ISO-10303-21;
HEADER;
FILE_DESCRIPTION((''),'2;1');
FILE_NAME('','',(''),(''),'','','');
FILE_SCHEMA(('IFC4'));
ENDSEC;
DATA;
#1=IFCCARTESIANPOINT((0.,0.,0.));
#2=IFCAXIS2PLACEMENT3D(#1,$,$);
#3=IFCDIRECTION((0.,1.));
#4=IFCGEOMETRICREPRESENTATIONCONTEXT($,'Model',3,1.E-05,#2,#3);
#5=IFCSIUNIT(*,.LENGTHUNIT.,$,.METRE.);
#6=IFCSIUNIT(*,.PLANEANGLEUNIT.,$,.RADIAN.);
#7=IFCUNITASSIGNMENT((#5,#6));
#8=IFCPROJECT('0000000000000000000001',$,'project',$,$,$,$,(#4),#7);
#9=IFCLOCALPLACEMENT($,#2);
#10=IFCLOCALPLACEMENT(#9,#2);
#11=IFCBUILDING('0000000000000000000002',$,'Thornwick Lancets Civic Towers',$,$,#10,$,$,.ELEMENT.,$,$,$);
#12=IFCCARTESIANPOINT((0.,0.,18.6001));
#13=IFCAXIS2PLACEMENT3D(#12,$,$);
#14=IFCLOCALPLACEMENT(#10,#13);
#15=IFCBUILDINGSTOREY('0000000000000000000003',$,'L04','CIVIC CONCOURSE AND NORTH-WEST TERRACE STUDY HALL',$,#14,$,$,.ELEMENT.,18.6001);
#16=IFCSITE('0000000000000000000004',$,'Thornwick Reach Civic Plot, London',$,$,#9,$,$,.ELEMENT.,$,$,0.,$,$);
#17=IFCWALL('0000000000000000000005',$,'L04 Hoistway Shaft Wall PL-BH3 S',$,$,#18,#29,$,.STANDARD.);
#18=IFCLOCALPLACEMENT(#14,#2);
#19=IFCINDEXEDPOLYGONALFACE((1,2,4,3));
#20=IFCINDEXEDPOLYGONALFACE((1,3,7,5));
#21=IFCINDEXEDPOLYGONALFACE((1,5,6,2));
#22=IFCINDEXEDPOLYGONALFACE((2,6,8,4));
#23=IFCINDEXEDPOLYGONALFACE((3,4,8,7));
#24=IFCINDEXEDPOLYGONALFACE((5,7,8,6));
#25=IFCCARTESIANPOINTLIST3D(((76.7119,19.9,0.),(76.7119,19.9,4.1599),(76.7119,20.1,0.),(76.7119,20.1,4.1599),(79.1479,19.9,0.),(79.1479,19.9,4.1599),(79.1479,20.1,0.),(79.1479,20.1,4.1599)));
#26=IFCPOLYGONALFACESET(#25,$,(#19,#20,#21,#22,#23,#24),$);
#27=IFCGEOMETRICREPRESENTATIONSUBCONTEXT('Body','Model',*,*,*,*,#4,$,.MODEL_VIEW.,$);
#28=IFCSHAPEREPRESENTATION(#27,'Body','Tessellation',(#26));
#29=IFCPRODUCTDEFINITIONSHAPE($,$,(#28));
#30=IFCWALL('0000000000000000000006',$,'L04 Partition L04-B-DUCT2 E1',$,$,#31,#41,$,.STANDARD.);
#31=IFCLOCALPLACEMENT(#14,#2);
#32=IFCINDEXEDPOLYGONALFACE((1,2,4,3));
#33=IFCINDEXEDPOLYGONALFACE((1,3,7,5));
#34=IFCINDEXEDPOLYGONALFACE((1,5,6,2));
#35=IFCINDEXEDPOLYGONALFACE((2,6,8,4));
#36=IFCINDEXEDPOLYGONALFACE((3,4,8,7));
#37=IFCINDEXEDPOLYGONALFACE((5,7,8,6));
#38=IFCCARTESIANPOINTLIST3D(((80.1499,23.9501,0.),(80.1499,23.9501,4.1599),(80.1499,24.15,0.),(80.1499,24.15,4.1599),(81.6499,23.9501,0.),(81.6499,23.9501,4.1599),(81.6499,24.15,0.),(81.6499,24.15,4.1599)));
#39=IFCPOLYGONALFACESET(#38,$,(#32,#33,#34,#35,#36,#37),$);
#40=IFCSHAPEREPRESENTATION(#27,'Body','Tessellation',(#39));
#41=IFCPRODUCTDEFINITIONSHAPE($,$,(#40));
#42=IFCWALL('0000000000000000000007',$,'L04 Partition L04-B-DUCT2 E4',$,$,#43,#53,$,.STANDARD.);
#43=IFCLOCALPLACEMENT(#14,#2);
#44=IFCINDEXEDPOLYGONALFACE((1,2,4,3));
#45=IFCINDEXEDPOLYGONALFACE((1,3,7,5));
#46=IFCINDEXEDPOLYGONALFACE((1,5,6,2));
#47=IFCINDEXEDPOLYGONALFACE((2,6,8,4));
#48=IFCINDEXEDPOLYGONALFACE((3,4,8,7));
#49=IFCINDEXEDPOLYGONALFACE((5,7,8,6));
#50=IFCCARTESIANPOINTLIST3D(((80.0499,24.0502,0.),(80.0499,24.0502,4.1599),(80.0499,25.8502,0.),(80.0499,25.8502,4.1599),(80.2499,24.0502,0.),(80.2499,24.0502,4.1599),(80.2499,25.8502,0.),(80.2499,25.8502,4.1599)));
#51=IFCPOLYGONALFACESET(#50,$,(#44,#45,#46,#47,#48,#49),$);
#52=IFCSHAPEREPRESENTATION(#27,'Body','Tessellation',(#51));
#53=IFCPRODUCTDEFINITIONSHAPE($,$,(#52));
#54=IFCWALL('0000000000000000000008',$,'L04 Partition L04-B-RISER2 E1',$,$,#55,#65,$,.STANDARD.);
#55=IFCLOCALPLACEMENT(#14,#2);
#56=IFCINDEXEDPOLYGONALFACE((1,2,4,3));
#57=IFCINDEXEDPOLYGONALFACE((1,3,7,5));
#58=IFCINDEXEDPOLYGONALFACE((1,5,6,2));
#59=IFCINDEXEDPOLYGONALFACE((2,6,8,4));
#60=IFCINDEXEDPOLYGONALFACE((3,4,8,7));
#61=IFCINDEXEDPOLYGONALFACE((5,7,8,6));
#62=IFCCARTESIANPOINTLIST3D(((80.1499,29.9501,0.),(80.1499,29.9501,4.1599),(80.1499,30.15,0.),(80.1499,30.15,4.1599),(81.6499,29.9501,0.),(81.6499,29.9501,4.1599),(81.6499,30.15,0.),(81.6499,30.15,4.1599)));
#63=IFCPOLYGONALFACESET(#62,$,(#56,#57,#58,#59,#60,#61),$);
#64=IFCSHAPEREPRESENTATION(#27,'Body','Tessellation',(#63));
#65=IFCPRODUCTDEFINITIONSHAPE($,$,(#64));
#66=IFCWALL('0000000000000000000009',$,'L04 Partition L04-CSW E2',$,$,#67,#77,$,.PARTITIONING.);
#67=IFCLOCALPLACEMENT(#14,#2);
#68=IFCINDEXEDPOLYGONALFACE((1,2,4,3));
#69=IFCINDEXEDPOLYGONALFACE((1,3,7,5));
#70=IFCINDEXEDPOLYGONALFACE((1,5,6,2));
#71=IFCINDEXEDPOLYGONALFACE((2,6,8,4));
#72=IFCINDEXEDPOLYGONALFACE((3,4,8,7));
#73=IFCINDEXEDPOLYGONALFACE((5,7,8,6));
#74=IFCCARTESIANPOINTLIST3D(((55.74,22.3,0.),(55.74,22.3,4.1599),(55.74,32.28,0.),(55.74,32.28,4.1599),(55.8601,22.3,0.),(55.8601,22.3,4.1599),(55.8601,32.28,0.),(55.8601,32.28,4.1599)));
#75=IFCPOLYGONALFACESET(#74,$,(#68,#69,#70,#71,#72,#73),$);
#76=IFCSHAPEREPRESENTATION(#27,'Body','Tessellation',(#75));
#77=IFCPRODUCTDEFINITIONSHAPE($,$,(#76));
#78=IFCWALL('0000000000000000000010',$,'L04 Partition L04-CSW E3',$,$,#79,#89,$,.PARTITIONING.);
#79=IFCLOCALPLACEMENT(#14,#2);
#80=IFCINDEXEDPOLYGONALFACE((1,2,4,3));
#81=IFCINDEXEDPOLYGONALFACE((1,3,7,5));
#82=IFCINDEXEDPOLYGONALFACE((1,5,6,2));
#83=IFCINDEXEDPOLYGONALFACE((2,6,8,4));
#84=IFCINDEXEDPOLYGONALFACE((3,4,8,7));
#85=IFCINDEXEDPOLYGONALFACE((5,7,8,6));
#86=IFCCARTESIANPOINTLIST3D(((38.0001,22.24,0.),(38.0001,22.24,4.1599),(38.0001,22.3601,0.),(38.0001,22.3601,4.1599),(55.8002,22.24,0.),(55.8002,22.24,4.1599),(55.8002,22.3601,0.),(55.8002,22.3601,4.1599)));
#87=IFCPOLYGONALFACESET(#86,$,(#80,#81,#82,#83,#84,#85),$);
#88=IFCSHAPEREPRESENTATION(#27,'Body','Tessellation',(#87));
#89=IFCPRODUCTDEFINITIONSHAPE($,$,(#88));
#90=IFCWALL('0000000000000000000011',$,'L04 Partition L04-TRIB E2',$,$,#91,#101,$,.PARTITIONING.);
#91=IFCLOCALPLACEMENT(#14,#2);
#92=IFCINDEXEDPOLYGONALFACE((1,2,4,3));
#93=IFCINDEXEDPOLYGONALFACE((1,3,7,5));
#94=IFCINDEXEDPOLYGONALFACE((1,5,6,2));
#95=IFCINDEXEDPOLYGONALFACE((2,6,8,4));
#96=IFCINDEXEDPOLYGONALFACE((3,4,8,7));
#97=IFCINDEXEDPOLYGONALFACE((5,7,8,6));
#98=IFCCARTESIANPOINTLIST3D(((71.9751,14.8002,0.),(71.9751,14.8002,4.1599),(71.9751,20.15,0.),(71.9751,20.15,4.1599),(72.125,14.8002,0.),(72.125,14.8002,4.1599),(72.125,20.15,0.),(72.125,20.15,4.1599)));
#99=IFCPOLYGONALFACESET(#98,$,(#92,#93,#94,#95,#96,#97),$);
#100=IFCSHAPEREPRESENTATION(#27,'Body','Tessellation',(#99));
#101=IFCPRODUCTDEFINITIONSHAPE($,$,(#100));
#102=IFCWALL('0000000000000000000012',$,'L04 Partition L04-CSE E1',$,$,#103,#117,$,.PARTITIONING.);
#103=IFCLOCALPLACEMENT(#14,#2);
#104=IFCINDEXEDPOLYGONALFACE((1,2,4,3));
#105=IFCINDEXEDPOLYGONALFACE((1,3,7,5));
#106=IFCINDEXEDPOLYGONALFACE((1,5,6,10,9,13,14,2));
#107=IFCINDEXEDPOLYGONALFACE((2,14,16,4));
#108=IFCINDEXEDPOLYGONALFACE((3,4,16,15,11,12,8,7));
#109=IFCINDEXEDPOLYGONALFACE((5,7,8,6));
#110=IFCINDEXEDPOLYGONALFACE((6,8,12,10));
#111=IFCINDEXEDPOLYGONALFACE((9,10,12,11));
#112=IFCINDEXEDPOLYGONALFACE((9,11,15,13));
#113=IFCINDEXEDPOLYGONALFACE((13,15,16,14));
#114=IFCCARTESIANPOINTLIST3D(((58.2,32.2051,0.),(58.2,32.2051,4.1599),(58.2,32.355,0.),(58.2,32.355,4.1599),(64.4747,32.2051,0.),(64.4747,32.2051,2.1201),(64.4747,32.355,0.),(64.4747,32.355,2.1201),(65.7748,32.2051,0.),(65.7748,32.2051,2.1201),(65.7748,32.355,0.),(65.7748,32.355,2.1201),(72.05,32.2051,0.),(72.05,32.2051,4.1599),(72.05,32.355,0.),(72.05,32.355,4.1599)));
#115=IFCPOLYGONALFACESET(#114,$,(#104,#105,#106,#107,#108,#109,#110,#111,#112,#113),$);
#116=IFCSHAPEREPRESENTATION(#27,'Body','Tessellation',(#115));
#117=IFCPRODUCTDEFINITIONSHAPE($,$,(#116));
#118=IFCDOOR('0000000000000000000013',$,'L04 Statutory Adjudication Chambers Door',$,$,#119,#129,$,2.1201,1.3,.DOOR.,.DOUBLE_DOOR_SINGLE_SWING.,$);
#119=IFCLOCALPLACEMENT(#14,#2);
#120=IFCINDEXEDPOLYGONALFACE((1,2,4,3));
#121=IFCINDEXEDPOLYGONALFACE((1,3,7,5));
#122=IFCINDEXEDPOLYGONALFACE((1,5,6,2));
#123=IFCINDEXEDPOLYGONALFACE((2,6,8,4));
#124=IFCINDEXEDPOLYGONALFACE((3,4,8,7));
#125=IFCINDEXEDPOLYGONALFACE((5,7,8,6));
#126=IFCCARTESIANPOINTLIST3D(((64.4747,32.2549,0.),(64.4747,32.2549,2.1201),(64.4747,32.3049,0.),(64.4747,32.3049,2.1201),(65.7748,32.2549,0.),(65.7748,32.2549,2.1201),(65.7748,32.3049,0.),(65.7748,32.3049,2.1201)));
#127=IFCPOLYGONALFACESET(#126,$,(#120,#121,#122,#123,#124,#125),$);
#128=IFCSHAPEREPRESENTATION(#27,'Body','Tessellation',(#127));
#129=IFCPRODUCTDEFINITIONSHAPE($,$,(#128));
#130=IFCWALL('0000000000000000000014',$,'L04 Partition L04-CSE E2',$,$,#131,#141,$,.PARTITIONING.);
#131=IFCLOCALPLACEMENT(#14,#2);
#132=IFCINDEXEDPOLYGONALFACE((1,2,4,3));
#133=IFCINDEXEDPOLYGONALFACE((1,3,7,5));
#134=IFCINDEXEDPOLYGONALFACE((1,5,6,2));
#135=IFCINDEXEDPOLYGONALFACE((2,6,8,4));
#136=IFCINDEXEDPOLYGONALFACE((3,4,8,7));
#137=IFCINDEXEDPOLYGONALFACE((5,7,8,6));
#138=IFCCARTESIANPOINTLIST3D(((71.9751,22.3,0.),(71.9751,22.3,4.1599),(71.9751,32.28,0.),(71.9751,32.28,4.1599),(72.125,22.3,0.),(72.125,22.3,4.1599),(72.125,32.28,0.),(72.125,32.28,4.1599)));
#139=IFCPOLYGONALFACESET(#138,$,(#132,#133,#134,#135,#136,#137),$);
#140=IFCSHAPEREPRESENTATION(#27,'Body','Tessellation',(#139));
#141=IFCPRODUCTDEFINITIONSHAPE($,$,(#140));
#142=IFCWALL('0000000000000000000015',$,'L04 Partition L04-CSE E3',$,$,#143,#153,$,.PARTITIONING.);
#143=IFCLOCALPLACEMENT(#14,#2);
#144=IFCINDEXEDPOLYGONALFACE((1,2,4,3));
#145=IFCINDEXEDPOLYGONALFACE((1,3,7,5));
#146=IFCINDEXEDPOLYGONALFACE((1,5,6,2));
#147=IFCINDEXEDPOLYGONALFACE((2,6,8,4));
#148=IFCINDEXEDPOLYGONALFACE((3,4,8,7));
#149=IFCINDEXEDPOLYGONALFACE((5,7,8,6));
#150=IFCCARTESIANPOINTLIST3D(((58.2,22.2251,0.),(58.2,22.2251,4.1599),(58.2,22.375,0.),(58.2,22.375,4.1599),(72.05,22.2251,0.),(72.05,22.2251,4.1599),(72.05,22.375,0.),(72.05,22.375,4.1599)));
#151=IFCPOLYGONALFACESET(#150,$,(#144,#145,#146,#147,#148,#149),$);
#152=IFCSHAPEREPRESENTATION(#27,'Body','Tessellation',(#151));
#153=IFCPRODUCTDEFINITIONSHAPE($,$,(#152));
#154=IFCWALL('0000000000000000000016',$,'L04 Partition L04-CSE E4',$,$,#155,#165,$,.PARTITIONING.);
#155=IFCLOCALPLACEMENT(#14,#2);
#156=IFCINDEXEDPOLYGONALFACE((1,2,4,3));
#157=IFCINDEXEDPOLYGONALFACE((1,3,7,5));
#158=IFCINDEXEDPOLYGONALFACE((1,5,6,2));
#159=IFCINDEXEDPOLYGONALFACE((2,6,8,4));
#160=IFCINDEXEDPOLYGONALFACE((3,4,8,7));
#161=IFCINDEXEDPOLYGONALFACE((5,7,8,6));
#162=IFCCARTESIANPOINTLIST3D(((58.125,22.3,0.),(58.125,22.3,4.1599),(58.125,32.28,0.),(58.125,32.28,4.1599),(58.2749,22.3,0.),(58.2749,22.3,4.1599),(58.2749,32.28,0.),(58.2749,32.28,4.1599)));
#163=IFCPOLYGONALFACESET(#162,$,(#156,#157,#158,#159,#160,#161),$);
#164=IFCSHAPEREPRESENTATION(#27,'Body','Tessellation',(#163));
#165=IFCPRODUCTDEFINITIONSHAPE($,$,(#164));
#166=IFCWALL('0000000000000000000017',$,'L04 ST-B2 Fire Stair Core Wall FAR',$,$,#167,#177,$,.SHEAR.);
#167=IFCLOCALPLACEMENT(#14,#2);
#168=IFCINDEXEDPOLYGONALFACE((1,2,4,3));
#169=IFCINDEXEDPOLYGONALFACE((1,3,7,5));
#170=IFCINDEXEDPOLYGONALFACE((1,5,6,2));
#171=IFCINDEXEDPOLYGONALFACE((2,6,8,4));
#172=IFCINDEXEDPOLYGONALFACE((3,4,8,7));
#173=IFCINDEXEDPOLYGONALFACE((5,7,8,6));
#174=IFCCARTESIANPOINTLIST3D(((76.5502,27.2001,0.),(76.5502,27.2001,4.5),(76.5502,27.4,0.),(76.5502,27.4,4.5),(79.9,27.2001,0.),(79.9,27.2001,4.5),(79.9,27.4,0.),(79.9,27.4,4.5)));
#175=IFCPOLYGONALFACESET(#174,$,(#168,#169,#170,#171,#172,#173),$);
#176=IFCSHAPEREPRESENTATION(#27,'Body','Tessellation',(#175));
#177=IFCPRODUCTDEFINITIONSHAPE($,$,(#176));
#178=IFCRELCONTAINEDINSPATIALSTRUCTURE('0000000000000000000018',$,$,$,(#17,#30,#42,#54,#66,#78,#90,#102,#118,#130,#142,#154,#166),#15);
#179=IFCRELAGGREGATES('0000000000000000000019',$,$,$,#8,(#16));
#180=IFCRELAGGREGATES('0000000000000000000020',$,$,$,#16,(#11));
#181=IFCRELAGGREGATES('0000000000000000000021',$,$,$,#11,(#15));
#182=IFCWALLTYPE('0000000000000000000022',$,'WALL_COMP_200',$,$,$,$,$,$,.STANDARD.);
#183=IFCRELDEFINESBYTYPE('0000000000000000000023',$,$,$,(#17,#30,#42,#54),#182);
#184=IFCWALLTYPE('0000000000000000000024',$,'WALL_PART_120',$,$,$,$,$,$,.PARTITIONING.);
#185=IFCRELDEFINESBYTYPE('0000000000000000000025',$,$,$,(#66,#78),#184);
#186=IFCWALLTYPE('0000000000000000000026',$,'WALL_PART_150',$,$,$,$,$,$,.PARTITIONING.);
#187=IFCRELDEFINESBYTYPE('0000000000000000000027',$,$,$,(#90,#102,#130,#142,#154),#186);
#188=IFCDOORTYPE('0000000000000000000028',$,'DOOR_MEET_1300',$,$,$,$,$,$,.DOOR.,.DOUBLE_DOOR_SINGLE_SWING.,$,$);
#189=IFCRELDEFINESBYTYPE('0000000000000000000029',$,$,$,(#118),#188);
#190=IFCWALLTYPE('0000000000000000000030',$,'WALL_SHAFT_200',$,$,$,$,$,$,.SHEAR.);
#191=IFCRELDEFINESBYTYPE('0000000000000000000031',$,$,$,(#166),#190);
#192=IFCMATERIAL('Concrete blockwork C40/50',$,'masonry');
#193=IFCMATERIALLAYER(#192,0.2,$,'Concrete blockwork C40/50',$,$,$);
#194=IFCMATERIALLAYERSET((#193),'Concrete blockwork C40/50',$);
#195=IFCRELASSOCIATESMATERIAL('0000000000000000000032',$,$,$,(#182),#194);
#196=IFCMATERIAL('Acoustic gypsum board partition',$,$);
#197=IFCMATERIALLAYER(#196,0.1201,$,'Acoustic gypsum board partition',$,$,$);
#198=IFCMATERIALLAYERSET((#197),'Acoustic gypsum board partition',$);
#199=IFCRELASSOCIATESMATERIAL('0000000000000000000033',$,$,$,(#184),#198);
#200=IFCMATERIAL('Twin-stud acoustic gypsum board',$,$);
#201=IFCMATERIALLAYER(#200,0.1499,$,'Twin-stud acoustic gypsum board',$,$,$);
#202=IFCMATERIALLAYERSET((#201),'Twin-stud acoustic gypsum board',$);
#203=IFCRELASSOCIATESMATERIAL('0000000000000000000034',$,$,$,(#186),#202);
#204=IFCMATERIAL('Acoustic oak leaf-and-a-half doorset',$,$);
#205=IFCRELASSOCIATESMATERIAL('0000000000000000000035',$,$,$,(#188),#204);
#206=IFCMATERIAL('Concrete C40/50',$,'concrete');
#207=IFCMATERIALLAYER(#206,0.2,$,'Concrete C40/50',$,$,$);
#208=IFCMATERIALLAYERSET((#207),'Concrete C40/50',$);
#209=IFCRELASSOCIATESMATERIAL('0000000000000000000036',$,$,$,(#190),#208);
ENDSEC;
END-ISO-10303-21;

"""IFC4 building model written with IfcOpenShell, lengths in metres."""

from ifc_helpers import new_model, si_unit, direction, frame, frame_2d, origin, place, context, subcontext, project, spatial, rectangle, extrude, material, layer, layer_set, type_object, element, fill, save


model = new_model("IFC4")

# Units and contexts
model_context = context("Model", 3, precision=1e-05, world=origin(), true_north=direction((0.0, 1.0)))
body_context = subcontext(model_context, "Body", "Model", "MODEL_VIEW")
ifc_project = project(units=[si_unit("LENGTHUNIT", "METRE"), si_unit("PLANEANGLEUNIT", "RADIAN")], contexts=[model_context])

# Site, building, storey
site_placement = place(None, origin())
site = spatial("IfcSite", under=ifc_project, at=site_placement, Name="Thornwick Reach Civic Plot, London", CompositionType="ELEMENT", RefElevation=0.0)
building_placement = place(site_placement, origin())
building = spatial("IfcBuilding", under=site, at=building_placement, Name="Thornwick Lancets Civic Towers", CompositionType="ELEMENT")
storey_placement = place(building_placement, frame((0.0, 0.0, 18.6001)))
storey = spatial("IfcBuildingStorey", under=building, at=storey_placement, Name="L04", Description="CIVIC CONCOURSE AND NORTH-WEST TERRACE STUDY HALL", CompositionType="ELEMENT", Elevation=18.6001)

# Shared definitions
ifc_material_1 = material(Name="Concrete C40/50", Category="concrete")

# Shared definitions
ifc_material_2 = material(Name="Concrete blockwork C40/50", Category="masonry")
ifc_layer_1 = layer(ifc_material_2, 0.2, Name="Concrete blockwork C40/50")
ifc_layer_set_1 = layer_set([ifc_layer_1], Name="Concrete blockwork C40/50")
wall_type_1 = type_object("IfcWallType", Name="WALL_COMP_200", PredefinedType="STANDARD", material=ifc_layer_set_1)

# Walls
for number, where, z_axis, x_axis, name in (
    (1, (76.7119, 20.0, 0.0), (0.0, 0.0, 1.0), (1.0, 0.0, 0.0), "L04 Hoistway Shaft Wall PL-BH3 S"),
):
    element("IfcWall", number, at=place(storey_placement, frame(where, z_axis=z_axis, x_axis=x_axis)), inside=storey, type_object=wall_type_1, Name=name, PredefinedType="STANDARD", context=body_context, shape_type="SweptSolid", body=[
        extrude(rectangle(XDim=2.436, YDim=0.2, at=frame_2d((1.218, 0.0))), origin(), (0.0, 0.0, 1.0), 4.1599),
    ])
wall_1_placement = place(storey_placement, frame((80.1499, 24.05, 0.0), z_axis=(0.0, 0.0, 1.0), x_axis=(1.0, 0.0, 0.0)))
element("IfcWall", 2, at=wall_1_placement, inside=storey, type_object=wall_type_1, Name="L04 Partition L04-B-DUCT2 E1", PredefinedType="STANDARD", context=body_context, shape_type="SweptSolid", body=[
    extrude(rectangle(XDim=1.5, YDim=0.2, at=frame_2d((0.75, 0.0))), origin(), (0.0, 0.0, 1.0), 4.1599),
])
wall_2_placement = place(storey_placement, frame((80.1499, 25.8501, 0.0), z_axis=(0.0, 0.0, 1.0), x_axis=(0.0, -1.0, 0.0)))
element("IfcWall", 3, at=wall_2_placement, inside=storey, type_object=wall_type_1, Name="L04 Partition L04-B-DUCT2 E4", PredefinedType="STANDARD", context=body_context, shape_type="SweptSolid", body=[
    extrude(rectangle(XDim=1.8, YDim=0.2, at=frame_2d((0.8999, 0.0))), origin(), (0.0, 0.0, 1.0), 4.1599),
])
wall_3_placement = place(storey_placement, frame((80.1499, 30.05, 0.0), z_axis=(0.0, 0.0, 1.0), x_axis=(1.0, 0.0, 0.0)))
element("IfcWall", 4, at=wall_3_placement, inside=storey, type_object=wall_type_1, Name="L04 Partition L04-B-RISER2 E1", PredefinedType="STANDARD", context=body_context, shape_type="SweptSolid", body=[
    extrude(rectangle(XDim=1.5, YDim=0.2, at=frame_2d((0.75, 0.0))), origin(), (0.0, 0.0, 1.0), 4.1599),
])
ifc_material_3 = material(Name="Acoustic gypsum board partition")
ifc_layer_2 = layer(ifc_material_3, 0.1201, Name="Acoustic gypsum board partition")
ifc_layer_set_2 = layer_set([ifc_layer_2], Name="Acoustic gypsum board partition")
wall_type_2 = type_object("IfcWallType", Name="WALL_PART_120", PredefinedType="PARTITIONING", material=ifc_layer_set_2)
wall_4_placement = place(storey_placement, frame((55.8, 32.28, 0.0), z_axis=(0.0, 0.0, 1.0), x_axis=(0.0, -1.0, 0.0)))
element("IfcWall", 5, at=wall_4_placement, inside=storey, type_object=wall_type_2, Name="L04 Partition L04-CSW E2", PredefinedType="PARTITIONING", context=body_context, shape_type="SweptSolid", body=[
    extrude(rectangle(XDim=9.98, YDim=0.1201, at=frame_2d((4.99, 0.0))), origin(), (0.0, 0.0, 1.0), 4.1599),
])
wall_5_placement = place(storey_placement, frame((55.8, 22.3, 0.0), z_axis=(0.0, 0.0, 1.0), x_axis=(-1.0, 0.0, 0.0)))
element("IfcWall", 6, at=wall_5_placement, inside=storey, type_object=wall_type_2, Name="L04 Partition L04-CSW E3", PredefinedType="PARTITIONING", context=body_context, shape_type="SweptSolid", body=[
    extrude(rectangle(XDim=17.8, YDim=0.1201, at=frame_2d((8.8999, 0.0))), origin(), (0.0, 0.0, 1.0), 4.1599),
])
ifc_material_4 = material(Name="Twin-stud acoustic gypsum board")
ifc_layer_3 = layer(ifc_material_4, 0.1499, Name="Twin-stud acoustic gypsum board")
ifc_layer_set_3 = layer_set([ifc_layer_3], Name="Twin-stud acoustic gypsum board")
wall_type_3 = type_object("IfcWallType", Name="WALL_PART_150", PredefinedType="PARTITIONING", material=ifc_layer_set_3)
wall_6_placement = place(storey_placement, frame((72.05, 20.1499, 0.0), z_axis=(0.0, 0.0, 1.0), x_axis=(0.0, -1.0, 0.0)))
element("IfcWall", 7, at=wall_6_placement, inside=storey, type_object=wall_type_3, Name="L04 Partition L04-TRIB E2", PredefinedType="PARTITIONING", context=body_context, shape_type="SweptSolid", body=[
    extrude(rectangle(XDim=5.3499, YDim=0.1499, at=frame_2d((2.6748, 0.0))), origin(), (0.0, 0.0, 1.0), 4.1599),
])

# Wall, opening, door
wall_7_placement = place(storey_placement, frame((58.2, 32.28, 0.0), z_axis=(0.0, 0.0, 1.0), x_axis=(1.0, 0.0, 0.0)))
wall_7 = element("IfcWall", 8, at=wall_7_placement, inside=storey, type_object=wall_type_3, Name="L04 Partition L04-CSE E1", PredefinedType="PARTITIONING", context=body_context, shape_type="SweptSolid", body=[
    extrude(rectangle(XDim=13.8501, YDim=0.1499, at=frame_2d((6.925, 0.0))), origin(), (0.0, 0.0, 1.0), 4.1599),
])
opening_1_placement = place(wall_7_placement, frame((6.2749, 0.0, 0.0)))
opening_1 = element("IfcOpeningElement", 9, at=opening_1_placement, cuts=wall_7, PredefinedType="OPENING", context=body_context, shape_type="SweptSolid", body=[
    extrude(rectangle(XDim=1.3, YDim=2.1201, at=frame_2d((0.6499, 1.0601))), frame((0.0, 0.085, 0.0), z_axis=(0.0, -1.0, 0.0), x_axis=(1.0, 0.0, 0.0)), (0.0, 0.0, 1.0), 0.1699),
])
ifc_material_5 = material(Name="Acoustic oak leaf-and-a-half doorset")
door_type_1 = type_object("IfcDoorType", Name="DOOR_MEET_1300", OperationType="DOUBLE_DOOR_SINGLE_SWING", PredefinedType="DOOR", material=ifc_material_5)
door_1_placement = place(opening_1_placement, origin())
door_1 = element("IfcDoor", 10, at=door_1_placement, inside=storey, type_object=door_type_1, Name="L04 Statutory Adjudication Chambers Door", OperationType="DOUBLE_DOOR_SINGLE_SWING", OverallHeight=2.1201, OverallWidth=1.3, PredefinedType="DOOR", context=body_context, shape_type="SweptSolid", body=[
    extrude(rectangle(XDim=1.3, YDim=2.1201, at=frame_2d((0.6499, 1.0601))), frame((0.0, 0.0249, 0.0), z_axis=(0.0, -1.0, 0.0), x_axis=(1.0, 0.0, 0.0)), (0.0, 0.0, 1.0), 0.05),
])
fill(opening_1, door_1)

# Walls
wall_8_placement = place(storey_placement, frame((72.05, 32.28, 0.0), z_axis=(0.0, 0.0, 1.0), x_axis=(0.0, -1.0, 0.0)))
element("IfcWall", 11, at=wall_8_placement, inside=storey, type_object=wall_type_3, Name="L04 Partition L04-CSE E2", PredefinedType="PARTITIONING", context=body_context, shape_type="SweptSolid", body=[
    extrude(rectangle(XDim=9.98, YDim=0.1499, at=frame_2d((4.99, 0.0))), origin(), (0.0, 0.0, 1.0), 4.1599),
])
wall_9_placement = place(storey_placement, frame((72.05, 22.3, 0.0), z_axis=(0.0, 0.0, 1.0), x_axis=(-1.0, 0.0, 0.0)))
element("IfcWall", 12, at=wall_9_placement, inside=storey, type_object=wall_type_3, Name="L04 Partition L04-CSE E3", PredefinedType="PARTITIONING", context=body_context, shape_type="SweptSolid", body=[
    extrude(rectangle(XDim=13.8501, YDim=0.1499, at=frame_2d((6.925, 0.0))), origin(), (0.0, 0.0, 1.0), 4.1599),
])
wall_10_placement = place(storey_placement, frame((58.2, 22.3, 0.0), z_axis=(0.0, 0.0, 1.0), x_axis=(0.0, 1.0, 0.0)))
element("IfcWall", 13, at=wall_10_placement, inside=storey, type_object=wall_type_3, Name="L04 Partition L04-CSE E4", PredefinedType="PARTITIONING", context=body_context, shape_type="SweptSolid", body=[
    extrude(rectangle(XDim=9.98, YDim=0.1499, at=frame_2d((4.99, 0.0))), origin(), (0.0, 0.0, 1.0), 4.1599),
])
ifc_layer_4 = layer(ifc_material_1, 0.2, Name="Concrete C40/50")
ifc_layer_set_4 = layer_set([ifc_layer_4], Name="Concrete C40/50")
wall_type_4 = type_object("IfcWallType", Name="WALL_SHAFT_200", PredefinedType="SHEAR", material=ifc_layer_set_4)
wall_11_placement = place(storey_placement, frame((79.8999, 27.3, 0.0), z_axis=(0.0, 0.0, 1.0), x_axis=(-1.0, 0.0, 0.0)))
element("IfcWall", 14, at=wall_11_placement, inside=storey, type_object=wall_type_4, Name="L04 ST-B2 Fire Stair Core Wall FAR", PredefinedType="SHEAR", context=body_context, shape_type="SweptSolid", body=[
    extrude(rectangle(XDim=3.3499, YDim=0.2, at=frame_2d((1.6748, 0.0))), origin(), (0.0, 0.0, 1.0), 4.5),
])

save(model, "model.ifc")
